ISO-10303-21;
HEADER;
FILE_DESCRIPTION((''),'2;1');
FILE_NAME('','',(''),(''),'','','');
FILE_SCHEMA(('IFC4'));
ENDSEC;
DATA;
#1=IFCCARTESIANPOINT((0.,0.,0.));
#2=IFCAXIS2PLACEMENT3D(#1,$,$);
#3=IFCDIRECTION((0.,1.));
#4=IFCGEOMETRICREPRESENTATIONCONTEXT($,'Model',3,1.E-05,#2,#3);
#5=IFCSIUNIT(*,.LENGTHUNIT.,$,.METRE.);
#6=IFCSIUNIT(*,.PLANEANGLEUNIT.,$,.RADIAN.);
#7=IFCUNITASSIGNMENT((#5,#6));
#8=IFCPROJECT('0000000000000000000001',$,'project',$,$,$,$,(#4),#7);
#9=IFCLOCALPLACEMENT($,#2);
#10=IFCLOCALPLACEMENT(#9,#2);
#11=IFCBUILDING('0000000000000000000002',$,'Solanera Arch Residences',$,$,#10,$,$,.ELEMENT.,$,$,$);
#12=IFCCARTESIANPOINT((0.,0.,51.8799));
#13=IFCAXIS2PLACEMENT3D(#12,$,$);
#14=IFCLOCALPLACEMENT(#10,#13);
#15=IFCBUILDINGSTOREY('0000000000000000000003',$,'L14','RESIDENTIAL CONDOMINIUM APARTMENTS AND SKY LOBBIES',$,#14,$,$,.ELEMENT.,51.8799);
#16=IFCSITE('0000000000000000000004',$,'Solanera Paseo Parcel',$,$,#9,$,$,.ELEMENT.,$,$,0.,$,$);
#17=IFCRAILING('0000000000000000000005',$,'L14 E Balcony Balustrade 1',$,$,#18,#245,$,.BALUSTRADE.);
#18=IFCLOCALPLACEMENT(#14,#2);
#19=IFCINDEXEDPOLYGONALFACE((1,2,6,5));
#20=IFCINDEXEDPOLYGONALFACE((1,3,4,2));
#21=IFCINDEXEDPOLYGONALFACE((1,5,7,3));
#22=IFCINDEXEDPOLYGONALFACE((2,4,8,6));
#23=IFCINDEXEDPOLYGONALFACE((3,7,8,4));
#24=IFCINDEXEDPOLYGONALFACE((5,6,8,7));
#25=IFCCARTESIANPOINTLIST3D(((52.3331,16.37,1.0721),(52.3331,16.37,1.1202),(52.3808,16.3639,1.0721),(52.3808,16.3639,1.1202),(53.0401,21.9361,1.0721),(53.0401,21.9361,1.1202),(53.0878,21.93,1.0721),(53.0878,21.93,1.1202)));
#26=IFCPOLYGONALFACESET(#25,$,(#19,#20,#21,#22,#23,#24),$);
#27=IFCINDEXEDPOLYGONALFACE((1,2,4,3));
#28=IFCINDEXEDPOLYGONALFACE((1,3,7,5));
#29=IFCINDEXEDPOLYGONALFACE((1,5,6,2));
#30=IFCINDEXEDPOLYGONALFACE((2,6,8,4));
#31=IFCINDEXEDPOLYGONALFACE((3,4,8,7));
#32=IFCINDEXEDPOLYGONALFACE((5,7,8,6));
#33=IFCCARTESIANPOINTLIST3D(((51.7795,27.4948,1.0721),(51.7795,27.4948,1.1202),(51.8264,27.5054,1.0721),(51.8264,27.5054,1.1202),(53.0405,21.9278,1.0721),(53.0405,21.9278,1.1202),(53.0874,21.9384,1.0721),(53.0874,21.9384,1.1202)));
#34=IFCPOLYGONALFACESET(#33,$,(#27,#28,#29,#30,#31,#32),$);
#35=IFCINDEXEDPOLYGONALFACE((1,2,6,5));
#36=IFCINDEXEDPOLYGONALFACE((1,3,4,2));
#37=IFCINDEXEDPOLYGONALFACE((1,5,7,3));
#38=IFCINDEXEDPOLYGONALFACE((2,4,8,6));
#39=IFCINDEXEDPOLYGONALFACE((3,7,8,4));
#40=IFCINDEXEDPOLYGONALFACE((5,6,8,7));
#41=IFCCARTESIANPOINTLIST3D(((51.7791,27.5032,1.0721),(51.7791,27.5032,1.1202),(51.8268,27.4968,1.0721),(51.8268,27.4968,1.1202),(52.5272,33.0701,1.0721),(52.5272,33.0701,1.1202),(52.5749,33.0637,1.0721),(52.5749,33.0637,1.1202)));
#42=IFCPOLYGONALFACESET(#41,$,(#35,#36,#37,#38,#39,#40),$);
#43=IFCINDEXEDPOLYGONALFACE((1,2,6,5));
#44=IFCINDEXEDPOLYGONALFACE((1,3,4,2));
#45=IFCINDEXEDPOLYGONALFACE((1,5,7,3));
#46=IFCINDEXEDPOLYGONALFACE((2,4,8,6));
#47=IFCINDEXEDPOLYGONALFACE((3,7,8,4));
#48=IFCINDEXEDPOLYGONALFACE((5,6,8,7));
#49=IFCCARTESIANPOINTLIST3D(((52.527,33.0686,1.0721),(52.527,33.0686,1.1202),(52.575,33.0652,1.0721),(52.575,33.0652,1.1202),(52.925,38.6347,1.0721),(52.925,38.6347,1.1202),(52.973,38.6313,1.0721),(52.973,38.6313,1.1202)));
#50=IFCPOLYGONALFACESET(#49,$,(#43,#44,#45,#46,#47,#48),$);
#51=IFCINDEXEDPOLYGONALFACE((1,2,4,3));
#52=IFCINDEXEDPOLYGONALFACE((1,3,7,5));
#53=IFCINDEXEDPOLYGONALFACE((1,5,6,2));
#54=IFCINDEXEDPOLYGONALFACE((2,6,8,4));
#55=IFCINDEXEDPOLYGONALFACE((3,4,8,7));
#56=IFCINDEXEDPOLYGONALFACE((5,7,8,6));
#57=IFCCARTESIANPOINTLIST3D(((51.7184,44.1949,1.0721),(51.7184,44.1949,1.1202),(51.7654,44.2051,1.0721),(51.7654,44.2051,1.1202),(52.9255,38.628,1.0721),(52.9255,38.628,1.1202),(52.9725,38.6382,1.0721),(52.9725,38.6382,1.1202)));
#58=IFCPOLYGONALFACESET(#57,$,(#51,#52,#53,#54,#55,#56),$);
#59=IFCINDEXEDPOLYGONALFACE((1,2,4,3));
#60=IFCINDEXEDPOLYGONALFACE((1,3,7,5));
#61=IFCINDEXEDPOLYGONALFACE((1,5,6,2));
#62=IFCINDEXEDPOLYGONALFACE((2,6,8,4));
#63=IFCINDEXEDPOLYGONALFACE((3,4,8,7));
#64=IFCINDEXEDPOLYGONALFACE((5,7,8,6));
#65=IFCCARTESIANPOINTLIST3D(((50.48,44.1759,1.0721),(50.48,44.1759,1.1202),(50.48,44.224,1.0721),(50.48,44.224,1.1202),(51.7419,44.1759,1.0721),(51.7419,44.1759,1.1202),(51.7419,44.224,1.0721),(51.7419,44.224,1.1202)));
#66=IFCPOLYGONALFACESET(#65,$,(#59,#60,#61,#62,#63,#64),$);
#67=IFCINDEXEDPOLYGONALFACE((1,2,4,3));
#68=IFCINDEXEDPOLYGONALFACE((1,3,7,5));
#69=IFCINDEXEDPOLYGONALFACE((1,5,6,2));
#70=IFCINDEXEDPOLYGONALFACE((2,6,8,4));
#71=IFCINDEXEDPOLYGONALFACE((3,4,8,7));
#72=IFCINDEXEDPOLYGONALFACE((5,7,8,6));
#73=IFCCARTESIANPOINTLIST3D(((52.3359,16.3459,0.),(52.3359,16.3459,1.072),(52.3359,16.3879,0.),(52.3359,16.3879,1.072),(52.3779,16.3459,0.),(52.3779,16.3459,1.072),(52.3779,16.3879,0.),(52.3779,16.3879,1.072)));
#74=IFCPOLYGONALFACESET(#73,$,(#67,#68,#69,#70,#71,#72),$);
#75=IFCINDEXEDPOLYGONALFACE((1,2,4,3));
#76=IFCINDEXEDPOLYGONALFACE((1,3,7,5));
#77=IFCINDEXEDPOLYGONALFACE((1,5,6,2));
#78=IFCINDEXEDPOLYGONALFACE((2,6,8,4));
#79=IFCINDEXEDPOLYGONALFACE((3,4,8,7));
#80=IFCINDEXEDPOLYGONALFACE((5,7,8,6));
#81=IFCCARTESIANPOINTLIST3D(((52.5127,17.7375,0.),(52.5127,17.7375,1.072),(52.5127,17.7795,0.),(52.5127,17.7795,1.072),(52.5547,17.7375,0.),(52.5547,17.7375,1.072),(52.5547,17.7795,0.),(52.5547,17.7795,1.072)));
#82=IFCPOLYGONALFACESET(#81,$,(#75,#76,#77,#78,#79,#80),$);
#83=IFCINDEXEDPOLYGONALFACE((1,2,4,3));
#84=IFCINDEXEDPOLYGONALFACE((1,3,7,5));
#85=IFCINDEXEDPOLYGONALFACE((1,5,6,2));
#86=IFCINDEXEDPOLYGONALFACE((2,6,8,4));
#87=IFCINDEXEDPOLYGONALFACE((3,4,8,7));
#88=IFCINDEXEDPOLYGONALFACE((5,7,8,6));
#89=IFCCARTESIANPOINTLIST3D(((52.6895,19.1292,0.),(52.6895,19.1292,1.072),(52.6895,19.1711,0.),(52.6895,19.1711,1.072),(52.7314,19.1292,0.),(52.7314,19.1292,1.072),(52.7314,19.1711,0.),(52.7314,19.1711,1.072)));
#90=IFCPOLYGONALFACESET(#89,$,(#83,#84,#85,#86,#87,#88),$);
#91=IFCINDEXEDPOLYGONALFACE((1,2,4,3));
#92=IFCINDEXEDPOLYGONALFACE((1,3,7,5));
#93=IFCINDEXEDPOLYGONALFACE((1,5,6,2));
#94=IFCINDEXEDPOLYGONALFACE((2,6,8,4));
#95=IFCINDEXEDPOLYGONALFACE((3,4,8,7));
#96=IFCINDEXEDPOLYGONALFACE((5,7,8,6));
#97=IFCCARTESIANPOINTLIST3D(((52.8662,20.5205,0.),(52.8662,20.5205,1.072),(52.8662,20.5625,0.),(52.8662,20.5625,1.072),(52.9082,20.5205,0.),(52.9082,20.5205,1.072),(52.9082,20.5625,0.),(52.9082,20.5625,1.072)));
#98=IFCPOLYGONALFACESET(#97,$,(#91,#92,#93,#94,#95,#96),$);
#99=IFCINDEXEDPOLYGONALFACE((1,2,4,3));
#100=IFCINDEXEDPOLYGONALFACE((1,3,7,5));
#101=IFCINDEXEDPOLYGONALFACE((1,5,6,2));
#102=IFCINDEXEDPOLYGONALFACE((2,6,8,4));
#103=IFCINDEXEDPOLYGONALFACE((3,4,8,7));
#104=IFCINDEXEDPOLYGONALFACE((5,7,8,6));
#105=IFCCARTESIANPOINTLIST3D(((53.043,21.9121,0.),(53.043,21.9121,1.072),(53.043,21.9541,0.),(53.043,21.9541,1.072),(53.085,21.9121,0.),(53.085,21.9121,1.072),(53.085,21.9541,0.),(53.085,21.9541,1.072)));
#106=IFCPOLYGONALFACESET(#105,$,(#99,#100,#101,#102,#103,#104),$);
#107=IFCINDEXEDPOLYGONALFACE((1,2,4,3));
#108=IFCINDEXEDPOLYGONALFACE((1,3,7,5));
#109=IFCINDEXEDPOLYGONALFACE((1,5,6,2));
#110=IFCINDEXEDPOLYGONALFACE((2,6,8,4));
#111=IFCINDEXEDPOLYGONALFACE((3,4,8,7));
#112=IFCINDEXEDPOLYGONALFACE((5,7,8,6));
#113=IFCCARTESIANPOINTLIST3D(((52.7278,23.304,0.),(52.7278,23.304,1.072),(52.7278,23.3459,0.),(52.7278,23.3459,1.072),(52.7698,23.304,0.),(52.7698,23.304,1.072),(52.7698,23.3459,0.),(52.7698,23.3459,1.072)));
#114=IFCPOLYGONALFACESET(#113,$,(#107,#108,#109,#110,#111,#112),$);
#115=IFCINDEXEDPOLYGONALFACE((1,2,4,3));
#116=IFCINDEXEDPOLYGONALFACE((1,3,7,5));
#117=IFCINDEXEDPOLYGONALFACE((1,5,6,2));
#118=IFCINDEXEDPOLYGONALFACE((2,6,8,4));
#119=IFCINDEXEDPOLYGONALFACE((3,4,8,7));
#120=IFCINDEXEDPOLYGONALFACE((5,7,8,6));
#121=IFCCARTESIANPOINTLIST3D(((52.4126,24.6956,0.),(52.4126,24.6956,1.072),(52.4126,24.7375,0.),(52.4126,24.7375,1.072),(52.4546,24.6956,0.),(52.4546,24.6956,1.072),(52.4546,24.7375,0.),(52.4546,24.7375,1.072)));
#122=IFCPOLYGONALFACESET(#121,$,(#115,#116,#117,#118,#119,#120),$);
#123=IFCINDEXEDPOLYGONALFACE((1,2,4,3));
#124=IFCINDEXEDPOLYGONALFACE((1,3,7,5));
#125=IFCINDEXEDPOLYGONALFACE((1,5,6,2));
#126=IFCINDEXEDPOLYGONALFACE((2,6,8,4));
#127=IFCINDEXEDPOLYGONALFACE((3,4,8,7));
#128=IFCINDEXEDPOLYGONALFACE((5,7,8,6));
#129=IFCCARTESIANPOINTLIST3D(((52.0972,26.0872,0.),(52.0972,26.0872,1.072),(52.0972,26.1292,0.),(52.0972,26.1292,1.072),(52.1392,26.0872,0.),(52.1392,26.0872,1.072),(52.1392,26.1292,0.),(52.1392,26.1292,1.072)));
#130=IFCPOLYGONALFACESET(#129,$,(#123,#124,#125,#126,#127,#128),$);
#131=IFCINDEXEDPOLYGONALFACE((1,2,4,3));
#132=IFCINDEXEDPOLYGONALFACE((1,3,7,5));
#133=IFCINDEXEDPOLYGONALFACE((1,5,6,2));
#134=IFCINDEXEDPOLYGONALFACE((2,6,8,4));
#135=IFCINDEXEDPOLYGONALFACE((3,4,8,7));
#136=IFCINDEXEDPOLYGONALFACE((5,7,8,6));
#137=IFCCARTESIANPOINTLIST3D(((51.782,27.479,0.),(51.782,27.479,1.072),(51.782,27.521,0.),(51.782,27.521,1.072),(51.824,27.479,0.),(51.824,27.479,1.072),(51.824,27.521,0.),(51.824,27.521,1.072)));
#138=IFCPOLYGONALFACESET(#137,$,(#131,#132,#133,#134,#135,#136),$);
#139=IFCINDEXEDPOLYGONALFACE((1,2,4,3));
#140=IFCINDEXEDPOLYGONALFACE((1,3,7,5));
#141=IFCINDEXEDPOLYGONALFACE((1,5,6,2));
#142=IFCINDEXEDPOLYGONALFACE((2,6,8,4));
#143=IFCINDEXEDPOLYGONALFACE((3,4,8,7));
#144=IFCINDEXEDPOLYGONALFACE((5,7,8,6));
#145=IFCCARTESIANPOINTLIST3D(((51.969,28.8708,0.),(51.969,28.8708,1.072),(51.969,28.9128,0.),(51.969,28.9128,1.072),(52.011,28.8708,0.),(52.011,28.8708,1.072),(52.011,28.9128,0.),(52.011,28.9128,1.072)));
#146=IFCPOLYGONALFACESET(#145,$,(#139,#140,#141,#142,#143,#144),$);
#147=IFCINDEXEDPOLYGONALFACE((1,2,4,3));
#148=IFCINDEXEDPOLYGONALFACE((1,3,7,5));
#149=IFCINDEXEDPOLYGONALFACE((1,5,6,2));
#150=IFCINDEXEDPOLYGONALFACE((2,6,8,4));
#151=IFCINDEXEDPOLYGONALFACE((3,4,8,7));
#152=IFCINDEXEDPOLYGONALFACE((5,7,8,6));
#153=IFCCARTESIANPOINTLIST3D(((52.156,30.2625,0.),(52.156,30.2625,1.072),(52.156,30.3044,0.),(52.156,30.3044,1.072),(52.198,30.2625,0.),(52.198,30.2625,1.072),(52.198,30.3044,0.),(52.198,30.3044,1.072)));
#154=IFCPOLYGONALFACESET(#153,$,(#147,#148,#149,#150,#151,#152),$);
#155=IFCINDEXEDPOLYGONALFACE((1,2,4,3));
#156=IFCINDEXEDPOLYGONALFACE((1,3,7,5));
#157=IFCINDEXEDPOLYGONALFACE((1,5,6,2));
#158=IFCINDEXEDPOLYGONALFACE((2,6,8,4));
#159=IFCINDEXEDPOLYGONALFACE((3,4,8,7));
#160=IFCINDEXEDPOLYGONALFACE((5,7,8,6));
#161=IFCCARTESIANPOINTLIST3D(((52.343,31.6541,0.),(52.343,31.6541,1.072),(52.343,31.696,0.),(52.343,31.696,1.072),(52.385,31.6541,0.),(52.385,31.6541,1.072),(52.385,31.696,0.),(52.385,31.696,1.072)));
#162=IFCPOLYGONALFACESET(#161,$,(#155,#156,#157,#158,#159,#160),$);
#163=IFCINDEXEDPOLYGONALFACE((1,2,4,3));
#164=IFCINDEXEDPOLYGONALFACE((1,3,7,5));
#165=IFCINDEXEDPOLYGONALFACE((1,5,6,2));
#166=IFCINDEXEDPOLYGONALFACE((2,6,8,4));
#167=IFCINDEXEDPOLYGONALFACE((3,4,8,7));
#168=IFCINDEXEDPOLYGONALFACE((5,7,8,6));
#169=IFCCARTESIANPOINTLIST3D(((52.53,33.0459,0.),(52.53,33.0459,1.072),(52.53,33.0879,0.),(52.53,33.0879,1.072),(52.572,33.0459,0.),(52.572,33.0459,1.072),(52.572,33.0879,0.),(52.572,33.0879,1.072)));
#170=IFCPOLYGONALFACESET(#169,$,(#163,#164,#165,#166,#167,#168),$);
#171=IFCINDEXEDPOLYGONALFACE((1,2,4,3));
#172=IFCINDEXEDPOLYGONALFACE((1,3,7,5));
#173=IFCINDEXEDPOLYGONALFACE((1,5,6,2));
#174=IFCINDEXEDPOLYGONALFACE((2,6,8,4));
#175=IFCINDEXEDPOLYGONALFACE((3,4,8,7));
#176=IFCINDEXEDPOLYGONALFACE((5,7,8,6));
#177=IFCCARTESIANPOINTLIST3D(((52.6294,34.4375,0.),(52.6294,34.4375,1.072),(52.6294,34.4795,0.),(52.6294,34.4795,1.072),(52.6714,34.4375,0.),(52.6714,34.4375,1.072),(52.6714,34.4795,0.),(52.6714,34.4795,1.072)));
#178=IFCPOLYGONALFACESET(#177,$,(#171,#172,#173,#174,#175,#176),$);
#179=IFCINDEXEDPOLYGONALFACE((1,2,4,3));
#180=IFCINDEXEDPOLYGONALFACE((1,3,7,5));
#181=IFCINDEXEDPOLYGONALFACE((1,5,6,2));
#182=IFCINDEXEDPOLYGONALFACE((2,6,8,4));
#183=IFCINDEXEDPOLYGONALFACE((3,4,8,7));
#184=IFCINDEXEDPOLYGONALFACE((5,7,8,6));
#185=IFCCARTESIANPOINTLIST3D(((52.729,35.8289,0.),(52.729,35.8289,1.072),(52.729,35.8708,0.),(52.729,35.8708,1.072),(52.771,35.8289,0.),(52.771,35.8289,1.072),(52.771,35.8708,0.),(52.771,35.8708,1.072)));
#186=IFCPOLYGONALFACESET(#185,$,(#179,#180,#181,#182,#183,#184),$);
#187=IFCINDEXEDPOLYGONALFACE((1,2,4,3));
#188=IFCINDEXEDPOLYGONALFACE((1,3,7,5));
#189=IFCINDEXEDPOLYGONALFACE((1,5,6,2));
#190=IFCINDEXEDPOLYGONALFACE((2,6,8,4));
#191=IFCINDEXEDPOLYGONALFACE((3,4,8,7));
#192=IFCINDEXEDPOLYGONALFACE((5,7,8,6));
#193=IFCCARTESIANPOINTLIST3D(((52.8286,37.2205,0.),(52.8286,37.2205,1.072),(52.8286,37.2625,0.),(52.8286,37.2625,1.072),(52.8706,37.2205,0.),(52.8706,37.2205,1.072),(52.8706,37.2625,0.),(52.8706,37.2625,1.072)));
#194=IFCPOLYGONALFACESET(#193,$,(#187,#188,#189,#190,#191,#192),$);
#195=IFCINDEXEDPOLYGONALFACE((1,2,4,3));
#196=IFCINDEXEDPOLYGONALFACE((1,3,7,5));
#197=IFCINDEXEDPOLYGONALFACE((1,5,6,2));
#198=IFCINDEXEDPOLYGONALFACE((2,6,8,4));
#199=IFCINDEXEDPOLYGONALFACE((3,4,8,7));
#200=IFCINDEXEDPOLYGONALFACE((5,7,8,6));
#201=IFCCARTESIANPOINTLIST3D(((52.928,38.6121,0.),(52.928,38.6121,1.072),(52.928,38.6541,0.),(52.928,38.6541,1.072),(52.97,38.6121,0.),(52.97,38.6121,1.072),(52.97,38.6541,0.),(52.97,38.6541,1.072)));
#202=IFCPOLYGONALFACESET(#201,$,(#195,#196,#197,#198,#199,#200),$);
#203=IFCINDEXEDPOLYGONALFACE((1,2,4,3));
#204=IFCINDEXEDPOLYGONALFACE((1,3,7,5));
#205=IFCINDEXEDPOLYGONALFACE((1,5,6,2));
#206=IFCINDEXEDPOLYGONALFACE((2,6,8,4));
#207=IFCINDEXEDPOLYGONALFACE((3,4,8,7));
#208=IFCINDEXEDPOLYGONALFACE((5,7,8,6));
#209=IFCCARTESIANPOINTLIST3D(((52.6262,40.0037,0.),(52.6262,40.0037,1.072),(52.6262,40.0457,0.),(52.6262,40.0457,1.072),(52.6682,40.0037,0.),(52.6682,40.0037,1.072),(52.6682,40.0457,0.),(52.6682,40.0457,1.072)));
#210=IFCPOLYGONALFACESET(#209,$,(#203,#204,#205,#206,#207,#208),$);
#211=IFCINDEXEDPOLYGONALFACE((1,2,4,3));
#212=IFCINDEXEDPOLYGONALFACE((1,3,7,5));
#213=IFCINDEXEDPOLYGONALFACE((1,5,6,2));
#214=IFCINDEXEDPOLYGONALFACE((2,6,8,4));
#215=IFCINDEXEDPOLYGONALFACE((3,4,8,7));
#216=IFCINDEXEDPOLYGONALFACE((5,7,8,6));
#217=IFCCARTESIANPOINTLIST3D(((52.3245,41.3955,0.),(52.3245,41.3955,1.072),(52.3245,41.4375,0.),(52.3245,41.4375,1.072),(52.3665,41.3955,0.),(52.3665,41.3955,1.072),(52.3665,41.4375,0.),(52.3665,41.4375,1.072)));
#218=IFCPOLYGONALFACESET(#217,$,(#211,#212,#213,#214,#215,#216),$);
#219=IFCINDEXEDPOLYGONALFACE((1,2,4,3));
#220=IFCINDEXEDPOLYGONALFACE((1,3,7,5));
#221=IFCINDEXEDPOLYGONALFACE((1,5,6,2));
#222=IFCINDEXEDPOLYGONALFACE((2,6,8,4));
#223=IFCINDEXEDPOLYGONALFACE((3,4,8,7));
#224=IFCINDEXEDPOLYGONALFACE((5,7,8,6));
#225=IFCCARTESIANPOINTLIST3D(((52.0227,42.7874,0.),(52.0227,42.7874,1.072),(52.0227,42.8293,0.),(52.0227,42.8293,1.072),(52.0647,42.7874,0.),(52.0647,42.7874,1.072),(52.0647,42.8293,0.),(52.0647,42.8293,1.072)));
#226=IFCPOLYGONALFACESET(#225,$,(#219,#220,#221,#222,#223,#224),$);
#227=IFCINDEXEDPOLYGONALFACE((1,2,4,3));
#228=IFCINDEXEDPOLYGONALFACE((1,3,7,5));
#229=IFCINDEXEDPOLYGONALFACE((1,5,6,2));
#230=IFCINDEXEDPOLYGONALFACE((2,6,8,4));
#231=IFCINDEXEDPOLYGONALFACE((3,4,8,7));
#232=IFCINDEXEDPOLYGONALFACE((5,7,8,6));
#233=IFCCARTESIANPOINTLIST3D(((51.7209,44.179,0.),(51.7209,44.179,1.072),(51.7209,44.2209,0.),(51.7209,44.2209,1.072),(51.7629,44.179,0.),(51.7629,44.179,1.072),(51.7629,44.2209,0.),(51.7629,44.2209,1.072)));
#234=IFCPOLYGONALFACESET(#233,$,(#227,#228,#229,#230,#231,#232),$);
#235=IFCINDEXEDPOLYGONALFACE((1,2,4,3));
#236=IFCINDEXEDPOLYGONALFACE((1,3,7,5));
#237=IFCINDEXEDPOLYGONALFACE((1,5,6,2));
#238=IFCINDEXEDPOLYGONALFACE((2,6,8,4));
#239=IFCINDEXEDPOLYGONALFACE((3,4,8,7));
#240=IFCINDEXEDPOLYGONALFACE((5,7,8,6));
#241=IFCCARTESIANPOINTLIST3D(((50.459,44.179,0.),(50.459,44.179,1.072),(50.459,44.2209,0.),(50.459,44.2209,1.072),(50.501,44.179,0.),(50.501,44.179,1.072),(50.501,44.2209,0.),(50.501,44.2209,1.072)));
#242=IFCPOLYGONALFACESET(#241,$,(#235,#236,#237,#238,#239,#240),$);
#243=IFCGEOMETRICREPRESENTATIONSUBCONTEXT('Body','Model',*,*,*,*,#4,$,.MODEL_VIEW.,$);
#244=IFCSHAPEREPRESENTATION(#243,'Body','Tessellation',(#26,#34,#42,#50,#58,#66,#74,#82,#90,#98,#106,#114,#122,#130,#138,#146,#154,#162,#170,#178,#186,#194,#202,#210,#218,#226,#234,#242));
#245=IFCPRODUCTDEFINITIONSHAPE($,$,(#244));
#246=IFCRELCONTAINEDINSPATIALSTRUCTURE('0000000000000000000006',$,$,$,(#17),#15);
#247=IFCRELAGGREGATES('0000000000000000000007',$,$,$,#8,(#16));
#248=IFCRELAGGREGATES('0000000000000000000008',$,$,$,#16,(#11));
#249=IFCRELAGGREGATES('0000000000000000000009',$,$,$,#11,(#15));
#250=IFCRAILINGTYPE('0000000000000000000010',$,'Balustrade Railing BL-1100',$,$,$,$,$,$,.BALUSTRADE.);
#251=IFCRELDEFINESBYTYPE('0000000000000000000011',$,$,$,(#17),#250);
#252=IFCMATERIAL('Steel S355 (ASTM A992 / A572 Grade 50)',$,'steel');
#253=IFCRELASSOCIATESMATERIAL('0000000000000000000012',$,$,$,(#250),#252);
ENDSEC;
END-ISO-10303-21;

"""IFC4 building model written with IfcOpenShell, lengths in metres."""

from ifc_helpers import new_model, si_unit, direction, frame, origin, origin_2d, place, context, subcontext, project, spatial, rectangle, extrude, material, type_object, element, save


model = new_model("IFC4")

# Units and contexts
model_context = context("Model", 3, precision=1e-05, world=origin(), true_north=direction((0.0, 1.0)))
body_context = subcontext(model_context, "Body", "Model", "MODEL_VIEW")
ifc_project = project(units=[si_unit("LENGTHUNIT", "METRE"), si_unit("PLANEANGLEUNIT", "RADIAN")], contexts=[model_context])

# Site, building, storey
site_placement = place(None, origin())
site = spatial("IfcSite", under=ifc_project, at=site_placement, Name="Solanera Paseo Parcel", CompositionType="ELEMENT", RefElevation=0.0)
building_placement = place(site_placement, origin())
building = spatial("IfcBuilding", under=site, at=building_placement, Name="Solanera Arch Residences", CompositionType="ELEMENT")
storey_placement = place(building_placement, frame((0.0, 0.0, 51.8799)))
storey = spatial("IfcBuildingStorey", under=building, at=storey_placement, Name="L14", Description="RESIDENTIAL CONDOMINIUM APARTMENTS AND SKY LOBBIES", CompositionType="ELEMENT", Elevation=51.8799)

# Railing
ifc_material_1 = material(Name="Steel S355 (ASTM A992 / A572 Grade 50)", Category="steel")
railing_type = type_object("IfcRailingType", Name="Balustrade Railing BL-1100", PredefinedType="BALUSTRADE", material=ifc_material_1)
railing_1_placement = place(storey_placement, frame((52.3569, 16.3669, 0.0)))
element("IfcRailing", 1, at=railing_1_placement, inside=storey, type_object=railing_type, Name="L14 E Balcony Balustrade 1", PredefinedType="BALUSTRADE", context=body_context, shape_type="SweptSolid", body=[
    extrude(rectangle(XDim=0.0481, YDim=0.0481, at=origin_2d()), frame((0.0, 0.0, 1.0962), z_axis=(0.126011, 0.992029, 0.0), x_axis=(-0.992029, 0.126011, 0.0)), (0.0, 0.0, 1.0), 5.6108),
    extrude(rectangle(XDim=0.0481, YDim=0.0481, at=origin_2d()), frame((0.707, 5.5662, 1.0962), z_axis=(-0.220919, 0.975292, 0.0), x_axis=(-0.975292, -0.220919, 0.0)), (0.0, 0.0, 1.0), 5.708),
    extrude(rectangle(XDim=0.0481, YDim=0.0481, at=origin_2d()), frame((-0.554, 11.1331, 1.0962), z_axis=(0.133177, 0.991092, 0.0), x_axis=(-0.991092, 0.133177, 0.0)), (0.0, 0.0, 1.0), 5.6169),
    extrude(rectangle(XDim=0.0481, YDim=0.0481, at=origin_2d()), frame((0.1941, 16.7, 1.0962), z_axis=(0.071312, 0.997454, 0.0), x_axis=(-0.997454, 0.071312, 0.0)), (0.0, 0.0, 1.0), 5.5803),
    extrude(rectangle(XDim=0.0481, YDim=0.0481, at=origin_2d()), frame((0.592, 22.2661, 1.0962), z_axis=(-0.211899, 0.977291, 0.0), x_axis=(-0.977291, -0.211899, 0.0)), (0.0, 0.0, 1.0), 5.6963),
    extrude(rectangle(XDim=0.0481, YDim=0.0481, at=origin_2d()), frame((-0.615, 27.833, 1.0962), z_axis=(-1.0, 0.0, 0.0), x_axis=(0.0, -1.0, 0.0)), (0.0, 0.0, 1.0), 1.262),
    extrude(rectangle(XDim=0.042, YDim=0.042, at=origin_2d()), origin(), (0.0, 0.0, 1.0), 1.072),
    extrude(rectangle(XDim=0.042, YDim=0.042, at=origin_2d()), frame((0.1768, 1.3916, 0.0)), (0.0, 0.0, 1.0), 1.072),
    extrude(rectangle(XDim=0.042, YDim=0.042, at=origin_2d()), frame((0.3535, 2.7832, 0.0)), (0.0, 0.0, 1.0), 1.072),
    extrude(rectangle(XDim=0.042, YDim=0.042, at=origin_2d()), frame((0.5303, 4.1746, 0.0)), (0.0, 0.0, 1.0), 1.072),
    extrude(rectangle(XDim=0.042, YDim=0.042, at=origin_2d()), frame((0.707, 5.5662, 0.0)), (0.0, 0.0, 1.0), 1.072),
    extrude(rectangle(XDim=0.042, YDim=0.042, at=origin_2d()), frame((0.3918, 6.958, 0.0)), (0.0, 0.0, 1.0), 1.072),
    extrude(rectangle(XDim=0.042, YDim=0.042, at=origin_2d()), frame((0.0767, 8.3496, 0.0)), (0.0, 0.0, 1.0), 1.072),
    extrude(rectangle(XDim=0.042, YDim=0.042, at=origin_2d()), frame((-0.2388, 9.7412, 0.0)), (0.0, 0.0, 1.0), 1.072),
    extrude(rectangle(XDim=0.042, YDim=0.042, at=origin_2d()), frame((-0.554, 11.1331, 0.0)), (0.0, 0.0, 1.0), 1.072),
    extrude(rectangle(XDim=0.042, YDim=0.042, at=origin_2d()), frame((-0.3669, 12.5249, 0.0)), (0.0, 0.0, 1.0), 1.072),
    extrude(rectangle(XDim=0.042, YDim=0.042, at=origin_2d()), frame((-0.1799, 13.9165, 0.0)), (0.0, 0.0, 1.0), 1.072),
    extrude(rectangle(XDim=0.042, YDim=0.042, at=origin_2d()), frame((0.0071, 15.3081, 0.0)), (0.0, 0.0, 1.0), 1.072),
    extrude(rectangle(XDim=0.042, YDim=0.042, at=origin_2d()), frame((0.1941, 16.7, 0.0)), (0.0, 0.0, 1.0), 1.072),
    extrude(rectangle(XDim=0.042, YDim=0.042, at=origin_2d()), frame((0.2935, 18.0916, 0.0)), (0.0, 0.0, 1.0), 1.072),
    extrude(rectangle(XDim=0.042, YDim=0.042, at=origin_2d()), frame((0.3931, 19.4829, 0.0)), (0.0, 0.0, 1.0), 1.072),
    extrude(rectangle(XDim=0.042, YDim=0.042, at=origin_2d()), frame((0.4927, 20.8745, 0.0)), (0.0, 0.0, 1.0), 1.072),
    extrude(rectangle(XDim=0.042, YDim=0.042, at=origin_2d()), frame((0.592, 22.2661, 0.0)), (0.0, 0.0, 1.0), 1.072),
    extrude(rectangle(XDim=0.042, YDim=0.042, at=origin_2d()), frame((0.2903, 23.6577, 0.0)), (0.0, 0.0, 1.0), 1.072),
    extrude(rectangle(XDim=0.042, YDim=0.042, at=origin_2d()), frame((-0.0115, 25.0496, 0.0)), (0.0, 0.0, 1.0), 1.072),
    extrude(rectangle(XDim=0.042, YDim=0.042, at=origin_2d()), frame((-0.3132, 26.4414, 0.0)), (0.0, 0.0, 1.0), 1.072),
    extrude(rectangle(XDim=0.042, YDim=0.042, at=origin_2d()), frame((-0.615, 27.833, 0.0)), (0.0, 0.0, 1.0), 1.072),
    extrude(rectangle(XDim=0.042, YDim=0.042, at=origin_2d()), frame((-1.877, 27.833, 0.0)), (0.0, 0.0, 1.0), 1.072),
])

save(model, "model.ifc")
